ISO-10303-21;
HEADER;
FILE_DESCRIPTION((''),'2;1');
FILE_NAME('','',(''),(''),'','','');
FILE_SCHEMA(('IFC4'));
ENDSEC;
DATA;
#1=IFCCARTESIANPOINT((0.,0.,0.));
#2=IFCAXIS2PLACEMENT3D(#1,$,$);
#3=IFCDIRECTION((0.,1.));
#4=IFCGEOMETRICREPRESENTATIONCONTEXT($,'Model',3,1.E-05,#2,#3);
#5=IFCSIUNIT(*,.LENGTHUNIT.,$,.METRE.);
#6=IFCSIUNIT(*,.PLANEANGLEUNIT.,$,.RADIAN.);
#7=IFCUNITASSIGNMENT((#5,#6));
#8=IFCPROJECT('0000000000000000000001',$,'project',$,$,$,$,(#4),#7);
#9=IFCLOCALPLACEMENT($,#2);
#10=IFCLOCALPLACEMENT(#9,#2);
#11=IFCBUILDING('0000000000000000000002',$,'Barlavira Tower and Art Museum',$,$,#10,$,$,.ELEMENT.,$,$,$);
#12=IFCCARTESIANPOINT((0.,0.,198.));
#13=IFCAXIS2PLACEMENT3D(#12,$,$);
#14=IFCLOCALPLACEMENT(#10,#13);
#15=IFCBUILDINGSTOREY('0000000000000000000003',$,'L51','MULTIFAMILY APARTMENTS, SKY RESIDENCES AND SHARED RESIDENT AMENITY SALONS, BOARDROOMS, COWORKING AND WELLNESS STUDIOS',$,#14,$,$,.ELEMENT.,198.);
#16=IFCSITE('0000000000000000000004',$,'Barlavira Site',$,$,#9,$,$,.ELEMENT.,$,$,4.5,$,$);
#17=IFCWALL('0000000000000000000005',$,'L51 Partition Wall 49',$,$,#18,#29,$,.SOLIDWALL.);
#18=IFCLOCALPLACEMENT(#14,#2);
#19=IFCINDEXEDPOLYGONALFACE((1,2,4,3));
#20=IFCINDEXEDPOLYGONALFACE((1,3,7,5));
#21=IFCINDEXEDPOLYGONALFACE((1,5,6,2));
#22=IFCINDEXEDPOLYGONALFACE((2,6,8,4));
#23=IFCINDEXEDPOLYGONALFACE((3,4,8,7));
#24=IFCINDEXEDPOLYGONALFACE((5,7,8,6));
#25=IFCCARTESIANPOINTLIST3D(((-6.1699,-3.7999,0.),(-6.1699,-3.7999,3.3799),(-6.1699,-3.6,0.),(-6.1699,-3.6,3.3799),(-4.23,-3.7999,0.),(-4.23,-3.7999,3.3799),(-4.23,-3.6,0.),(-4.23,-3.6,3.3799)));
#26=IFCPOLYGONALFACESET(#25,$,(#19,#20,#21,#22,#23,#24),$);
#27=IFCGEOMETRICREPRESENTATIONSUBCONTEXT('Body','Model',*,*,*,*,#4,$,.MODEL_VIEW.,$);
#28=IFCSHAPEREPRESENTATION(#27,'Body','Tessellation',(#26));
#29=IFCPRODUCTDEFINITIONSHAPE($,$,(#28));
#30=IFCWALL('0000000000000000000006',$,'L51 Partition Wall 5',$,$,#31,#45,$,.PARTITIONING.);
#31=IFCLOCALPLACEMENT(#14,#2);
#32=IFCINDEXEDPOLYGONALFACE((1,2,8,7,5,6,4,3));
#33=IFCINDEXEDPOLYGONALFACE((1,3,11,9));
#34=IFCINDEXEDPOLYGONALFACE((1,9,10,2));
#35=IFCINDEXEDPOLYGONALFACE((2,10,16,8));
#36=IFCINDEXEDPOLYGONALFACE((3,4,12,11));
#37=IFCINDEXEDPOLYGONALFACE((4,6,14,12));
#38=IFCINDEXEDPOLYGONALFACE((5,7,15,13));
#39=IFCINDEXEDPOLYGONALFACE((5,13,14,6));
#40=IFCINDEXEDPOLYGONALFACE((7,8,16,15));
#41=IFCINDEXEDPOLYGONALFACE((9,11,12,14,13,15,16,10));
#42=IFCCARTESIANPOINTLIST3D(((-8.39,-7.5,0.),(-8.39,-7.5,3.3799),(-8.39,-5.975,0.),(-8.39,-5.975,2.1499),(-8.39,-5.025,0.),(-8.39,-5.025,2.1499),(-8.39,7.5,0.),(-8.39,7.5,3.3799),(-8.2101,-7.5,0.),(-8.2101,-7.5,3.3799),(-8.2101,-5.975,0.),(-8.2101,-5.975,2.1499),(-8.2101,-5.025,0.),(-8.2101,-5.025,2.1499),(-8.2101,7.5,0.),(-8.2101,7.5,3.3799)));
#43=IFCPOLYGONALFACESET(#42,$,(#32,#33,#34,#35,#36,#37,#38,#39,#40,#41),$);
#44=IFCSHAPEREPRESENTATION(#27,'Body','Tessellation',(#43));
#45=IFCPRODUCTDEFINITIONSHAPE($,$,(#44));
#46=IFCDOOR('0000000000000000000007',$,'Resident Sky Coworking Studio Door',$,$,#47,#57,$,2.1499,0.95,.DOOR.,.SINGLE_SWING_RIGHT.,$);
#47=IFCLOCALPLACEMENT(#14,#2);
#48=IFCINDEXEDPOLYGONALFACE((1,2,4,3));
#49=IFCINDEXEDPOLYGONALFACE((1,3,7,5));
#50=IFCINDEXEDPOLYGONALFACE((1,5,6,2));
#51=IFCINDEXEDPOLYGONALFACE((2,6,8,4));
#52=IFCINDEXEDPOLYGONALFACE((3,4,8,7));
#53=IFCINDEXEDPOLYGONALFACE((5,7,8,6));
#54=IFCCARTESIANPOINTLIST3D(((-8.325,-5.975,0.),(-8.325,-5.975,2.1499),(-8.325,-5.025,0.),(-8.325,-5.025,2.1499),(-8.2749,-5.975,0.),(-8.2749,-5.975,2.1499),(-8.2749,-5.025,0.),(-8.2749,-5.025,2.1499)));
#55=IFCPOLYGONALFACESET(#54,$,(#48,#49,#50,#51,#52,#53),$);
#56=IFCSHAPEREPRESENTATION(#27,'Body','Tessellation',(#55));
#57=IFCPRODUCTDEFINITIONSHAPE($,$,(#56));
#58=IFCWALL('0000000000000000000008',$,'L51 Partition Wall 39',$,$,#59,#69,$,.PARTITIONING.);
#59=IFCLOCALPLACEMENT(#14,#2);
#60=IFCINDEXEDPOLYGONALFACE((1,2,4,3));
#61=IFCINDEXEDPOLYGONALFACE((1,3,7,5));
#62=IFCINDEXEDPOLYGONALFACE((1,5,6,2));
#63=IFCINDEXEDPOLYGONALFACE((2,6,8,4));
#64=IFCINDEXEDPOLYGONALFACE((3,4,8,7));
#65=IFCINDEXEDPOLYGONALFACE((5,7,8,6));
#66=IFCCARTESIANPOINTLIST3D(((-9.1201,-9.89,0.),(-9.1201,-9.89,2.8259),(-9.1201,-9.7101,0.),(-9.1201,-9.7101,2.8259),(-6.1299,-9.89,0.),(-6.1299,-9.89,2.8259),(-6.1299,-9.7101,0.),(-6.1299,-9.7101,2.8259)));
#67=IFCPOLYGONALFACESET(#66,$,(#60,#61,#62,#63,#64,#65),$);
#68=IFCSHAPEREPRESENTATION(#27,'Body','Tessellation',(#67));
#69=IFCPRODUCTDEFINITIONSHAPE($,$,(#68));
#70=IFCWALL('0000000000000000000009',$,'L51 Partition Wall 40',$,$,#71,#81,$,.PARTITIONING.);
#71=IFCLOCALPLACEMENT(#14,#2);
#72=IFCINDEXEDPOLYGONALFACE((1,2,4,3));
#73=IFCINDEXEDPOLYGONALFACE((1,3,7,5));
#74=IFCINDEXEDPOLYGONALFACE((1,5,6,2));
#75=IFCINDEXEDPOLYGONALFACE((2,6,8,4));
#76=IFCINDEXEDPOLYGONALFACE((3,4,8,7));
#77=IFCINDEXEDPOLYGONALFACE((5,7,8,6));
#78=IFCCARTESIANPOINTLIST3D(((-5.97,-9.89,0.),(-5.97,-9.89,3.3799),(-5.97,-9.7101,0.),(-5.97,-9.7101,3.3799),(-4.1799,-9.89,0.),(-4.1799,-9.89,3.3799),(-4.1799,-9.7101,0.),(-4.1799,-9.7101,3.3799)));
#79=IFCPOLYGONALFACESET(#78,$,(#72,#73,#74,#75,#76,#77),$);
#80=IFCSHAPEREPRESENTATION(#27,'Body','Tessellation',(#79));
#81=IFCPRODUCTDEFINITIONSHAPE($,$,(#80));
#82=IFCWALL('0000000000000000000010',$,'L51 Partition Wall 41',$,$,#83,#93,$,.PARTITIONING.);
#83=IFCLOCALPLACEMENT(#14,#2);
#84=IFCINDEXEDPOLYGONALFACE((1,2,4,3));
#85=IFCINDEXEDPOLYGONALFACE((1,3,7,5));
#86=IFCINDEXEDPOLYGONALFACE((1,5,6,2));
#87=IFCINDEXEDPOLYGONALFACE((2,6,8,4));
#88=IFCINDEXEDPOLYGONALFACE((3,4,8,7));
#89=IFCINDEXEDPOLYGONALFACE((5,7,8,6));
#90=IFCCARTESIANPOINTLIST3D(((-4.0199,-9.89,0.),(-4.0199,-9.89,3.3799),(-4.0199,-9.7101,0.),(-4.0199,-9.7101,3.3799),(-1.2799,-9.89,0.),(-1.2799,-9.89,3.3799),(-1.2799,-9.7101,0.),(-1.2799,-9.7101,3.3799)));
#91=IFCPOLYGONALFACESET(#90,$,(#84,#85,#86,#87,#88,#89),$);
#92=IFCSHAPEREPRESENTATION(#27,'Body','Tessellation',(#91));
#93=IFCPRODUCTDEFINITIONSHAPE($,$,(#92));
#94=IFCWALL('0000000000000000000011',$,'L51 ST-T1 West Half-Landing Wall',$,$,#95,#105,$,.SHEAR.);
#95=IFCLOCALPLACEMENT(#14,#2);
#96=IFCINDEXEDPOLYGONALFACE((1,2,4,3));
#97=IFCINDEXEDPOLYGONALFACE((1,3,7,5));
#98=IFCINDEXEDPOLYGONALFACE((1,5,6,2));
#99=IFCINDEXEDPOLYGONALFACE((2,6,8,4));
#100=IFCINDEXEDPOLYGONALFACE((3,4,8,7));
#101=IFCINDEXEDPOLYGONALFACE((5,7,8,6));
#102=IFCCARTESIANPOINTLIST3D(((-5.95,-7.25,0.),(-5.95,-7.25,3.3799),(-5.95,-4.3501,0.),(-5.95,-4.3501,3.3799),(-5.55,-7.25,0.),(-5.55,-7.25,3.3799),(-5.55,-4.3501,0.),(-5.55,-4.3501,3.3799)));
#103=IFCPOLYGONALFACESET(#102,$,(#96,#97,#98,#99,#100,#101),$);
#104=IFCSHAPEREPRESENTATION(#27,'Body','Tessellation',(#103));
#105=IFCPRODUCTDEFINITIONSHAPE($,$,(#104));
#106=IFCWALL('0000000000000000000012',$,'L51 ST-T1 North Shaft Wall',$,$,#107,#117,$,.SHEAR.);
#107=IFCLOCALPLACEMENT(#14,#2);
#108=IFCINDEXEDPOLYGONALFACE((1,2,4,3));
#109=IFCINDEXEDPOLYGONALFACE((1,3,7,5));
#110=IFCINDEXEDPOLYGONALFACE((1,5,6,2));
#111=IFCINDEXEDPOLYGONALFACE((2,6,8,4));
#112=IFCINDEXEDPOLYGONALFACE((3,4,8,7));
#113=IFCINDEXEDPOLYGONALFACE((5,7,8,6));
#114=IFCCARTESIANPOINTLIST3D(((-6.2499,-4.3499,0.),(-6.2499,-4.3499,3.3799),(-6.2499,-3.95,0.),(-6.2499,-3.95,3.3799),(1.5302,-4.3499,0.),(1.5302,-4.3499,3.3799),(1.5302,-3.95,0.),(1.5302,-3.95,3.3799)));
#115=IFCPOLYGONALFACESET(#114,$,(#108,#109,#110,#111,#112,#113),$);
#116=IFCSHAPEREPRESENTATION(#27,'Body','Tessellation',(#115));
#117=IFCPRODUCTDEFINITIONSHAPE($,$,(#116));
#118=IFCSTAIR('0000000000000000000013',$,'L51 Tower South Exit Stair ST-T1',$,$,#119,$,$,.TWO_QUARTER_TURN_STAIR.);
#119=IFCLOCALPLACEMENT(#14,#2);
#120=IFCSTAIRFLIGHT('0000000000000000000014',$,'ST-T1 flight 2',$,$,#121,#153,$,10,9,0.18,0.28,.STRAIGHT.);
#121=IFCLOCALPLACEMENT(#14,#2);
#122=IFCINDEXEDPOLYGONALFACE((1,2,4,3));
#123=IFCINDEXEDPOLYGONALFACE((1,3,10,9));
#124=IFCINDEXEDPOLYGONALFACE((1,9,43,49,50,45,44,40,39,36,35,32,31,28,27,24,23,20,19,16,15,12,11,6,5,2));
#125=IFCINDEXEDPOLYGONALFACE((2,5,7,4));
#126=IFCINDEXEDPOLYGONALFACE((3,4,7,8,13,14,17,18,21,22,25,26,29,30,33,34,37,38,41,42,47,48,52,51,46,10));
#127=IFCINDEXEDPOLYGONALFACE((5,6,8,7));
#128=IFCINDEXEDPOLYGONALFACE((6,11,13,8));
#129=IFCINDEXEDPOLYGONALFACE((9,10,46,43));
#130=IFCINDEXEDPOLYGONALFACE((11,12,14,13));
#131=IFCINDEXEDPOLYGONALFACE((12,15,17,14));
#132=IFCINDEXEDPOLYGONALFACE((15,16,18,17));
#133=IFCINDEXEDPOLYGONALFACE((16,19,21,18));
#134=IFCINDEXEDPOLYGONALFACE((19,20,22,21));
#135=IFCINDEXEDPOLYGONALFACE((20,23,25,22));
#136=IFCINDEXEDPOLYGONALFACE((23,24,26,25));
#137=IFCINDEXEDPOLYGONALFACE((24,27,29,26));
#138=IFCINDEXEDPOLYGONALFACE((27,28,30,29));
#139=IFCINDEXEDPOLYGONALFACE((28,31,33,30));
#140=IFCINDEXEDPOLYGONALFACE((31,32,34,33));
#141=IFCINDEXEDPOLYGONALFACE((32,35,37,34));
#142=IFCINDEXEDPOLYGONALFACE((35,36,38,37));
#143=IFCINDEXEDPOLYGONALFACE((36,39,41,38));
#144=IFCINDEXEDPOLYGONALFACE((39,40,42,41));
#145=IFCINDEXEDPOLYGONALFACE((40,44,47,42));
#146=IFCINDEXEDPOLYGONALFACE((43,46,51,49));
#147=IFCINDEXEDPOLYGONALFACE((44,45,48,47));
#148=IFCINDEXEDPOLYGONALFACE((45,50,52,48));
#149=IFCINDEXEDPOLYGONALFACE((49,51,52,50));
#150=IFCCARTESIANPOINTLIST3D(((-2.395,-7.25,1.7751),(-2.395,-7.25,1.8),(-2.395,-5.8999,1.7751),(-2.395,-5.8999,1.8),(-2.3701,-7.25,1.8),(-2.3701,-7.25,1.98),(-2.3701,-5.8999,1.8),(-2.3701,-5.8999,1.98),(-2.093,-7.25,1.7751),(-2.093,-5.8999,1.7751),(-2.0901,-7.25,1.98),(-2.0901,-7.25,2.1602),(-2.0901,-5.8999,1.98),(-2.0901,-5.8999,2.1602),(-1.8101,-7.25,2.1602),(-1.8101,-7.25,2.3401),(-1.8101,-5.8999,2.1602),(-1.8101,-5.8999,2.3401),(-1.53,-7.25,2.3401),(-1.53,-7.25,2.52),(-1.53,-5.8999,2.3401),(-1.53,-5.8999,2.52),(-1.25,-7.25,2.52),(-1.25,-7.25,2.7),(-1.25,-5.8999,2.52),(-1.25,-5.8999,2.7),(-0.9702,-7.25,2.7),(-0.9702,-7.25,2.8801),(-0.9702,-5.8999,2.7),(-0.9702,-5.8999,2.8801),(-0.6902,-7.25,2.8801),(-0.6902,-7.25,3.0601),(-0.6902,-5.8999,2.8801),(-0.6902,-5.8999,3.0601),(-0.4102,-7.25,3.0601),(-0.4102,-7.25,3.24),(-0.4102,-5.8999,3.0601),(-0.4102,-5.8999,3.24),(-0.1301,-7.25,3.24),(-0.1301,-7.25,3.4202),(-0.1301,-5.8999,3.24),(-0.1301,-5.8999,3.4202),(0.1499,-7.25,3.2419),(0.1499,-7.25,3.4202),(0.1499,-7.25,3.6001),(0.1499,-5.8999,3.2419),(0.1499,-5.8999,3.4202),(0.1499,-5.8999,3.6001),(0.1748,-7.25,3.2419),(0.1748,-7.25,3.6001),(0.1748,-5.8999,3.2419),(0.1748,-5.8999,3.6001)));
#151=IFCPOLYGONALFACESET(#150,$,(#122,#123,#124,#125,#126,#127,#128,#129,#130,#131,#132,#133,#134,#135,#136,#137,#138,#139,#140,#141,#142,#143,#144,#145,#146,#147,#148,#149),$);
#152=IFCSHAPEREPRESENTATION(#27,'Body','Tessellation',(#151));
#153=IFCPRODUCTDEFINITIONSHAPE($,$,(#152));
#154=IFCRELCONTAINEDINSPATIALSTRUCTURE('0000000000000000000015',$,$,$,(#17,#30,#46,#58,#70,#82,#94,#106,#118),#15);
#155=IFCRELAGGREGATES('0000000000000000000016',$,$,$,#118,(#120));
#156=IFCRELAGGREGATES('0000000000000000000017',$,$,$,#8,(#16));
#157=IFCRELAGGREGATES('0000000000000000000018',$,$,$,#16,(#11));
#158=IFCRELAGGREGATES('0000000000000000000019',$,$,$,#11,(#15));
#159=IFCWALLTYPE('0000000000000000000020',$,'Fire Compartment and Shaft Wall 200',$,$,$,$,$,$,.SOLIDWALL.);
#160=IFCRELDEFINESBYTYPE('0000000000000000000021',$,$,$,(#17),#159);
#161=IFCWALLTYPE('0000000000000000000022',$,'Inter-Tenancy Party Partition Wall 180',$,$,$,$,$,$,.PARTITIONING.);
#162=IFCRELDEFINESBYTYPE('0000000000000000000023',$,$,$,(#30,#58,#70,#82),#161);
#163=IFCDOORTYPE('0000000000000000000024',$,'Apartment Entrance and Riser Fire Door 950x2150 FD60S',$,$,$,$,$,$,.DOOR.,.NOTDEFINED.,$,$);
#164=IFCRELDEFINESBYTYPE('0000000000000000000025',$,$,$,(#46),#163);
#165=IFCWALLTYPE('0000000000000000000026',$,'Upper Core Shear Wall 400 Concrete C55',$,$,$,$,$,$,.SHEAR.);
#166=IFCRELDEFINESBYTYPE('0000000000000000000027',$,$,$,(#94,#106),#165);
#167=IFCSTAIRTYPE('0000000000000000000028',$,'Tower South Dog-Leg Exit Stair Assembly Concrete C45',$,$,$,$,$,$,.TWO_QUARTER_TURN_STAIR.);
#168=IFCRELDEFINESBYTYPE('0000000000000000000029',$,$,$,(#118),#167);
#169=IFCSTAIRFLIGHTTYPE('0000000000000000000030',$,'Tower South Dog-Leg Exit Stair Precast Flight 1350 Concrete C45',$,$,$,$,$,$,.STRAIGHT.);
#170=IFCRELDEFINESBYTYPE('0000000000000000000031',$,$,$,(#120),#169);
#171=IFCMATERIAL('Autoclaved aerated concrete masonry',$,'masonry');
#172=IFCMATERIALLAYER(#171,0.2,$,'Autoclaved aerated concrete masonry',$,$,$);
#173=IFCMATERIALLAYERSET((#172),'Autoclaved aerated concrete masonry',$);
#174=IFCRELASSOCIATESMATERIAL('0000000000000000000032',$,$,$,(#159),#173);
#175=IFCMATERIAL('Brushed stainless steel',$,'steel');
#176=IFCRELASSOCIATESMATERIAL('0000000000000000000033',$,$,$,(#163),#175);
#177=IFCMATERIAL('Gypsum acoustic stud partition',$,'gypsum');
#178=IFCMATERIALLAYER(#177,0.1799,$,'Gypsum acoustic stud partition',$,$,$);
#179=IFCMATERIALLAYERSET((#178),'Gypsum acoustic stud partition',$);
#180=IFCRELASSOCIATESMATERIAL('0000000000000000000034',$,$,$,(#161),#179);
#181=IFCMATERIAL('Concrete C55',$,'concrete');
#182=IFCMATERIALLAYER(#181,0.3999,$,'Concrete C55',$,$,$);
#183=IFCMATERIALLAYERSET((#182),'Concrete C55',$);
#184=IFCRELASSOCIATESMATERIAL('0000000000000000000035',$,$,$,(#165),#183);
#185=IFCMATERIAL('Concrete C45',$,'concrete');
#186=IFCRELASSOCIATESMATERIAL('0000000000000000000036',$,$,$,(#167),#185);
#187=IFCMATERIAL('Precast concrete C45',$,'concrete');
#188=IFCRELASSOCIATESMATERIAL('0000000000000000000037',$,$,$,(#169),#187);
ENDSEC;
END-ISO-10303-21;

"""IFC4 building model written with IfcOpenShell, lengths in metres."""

from ifc_helpers import new_model, si_unit, direction, frame, frame_2d, origin, place, context, subcontext, project, spatial, polyline, rectangle, outline, extrude, material, layer, layer_set, type_object, element, fill, aggregate, save


model = new_model("IFC4")

# Units and contexts
model_context = context("Model", 3, precision=1e-05, world=origin(), true_north=direction((0.0, 1.0)))
body_context = subcontext(model_context, "Body", "Model", "MODEL_VIEW")
ifc_project = project(units=[si_unit("LENGTHUNIT", "METRE"), si_unit("PLANEANGLEUNIT", "RADIAN")], contexts=[model_context])

# Site, building, storey
site_placement = place(None, origin())
site = spatial("IfcSite", under=ifc_project, at=site_placement, Name="Barlavira Site", CompositionType="ELEMENT", RefElevation=4.5)
building_placement = place(site_placement, origin())
building = spatial("IfcBuilding", under=site, at=building_placement, Name="Barlavira Tower and Art Museum", CompositionType="ELEMENT")
storey_placement = place(building_placement, frame((0.0, 0.0, 198.0)))
storey = spatial("IfcBuildingStorey", under=building, at=storey_placement, Name="L51", Description="MULTIFAMILY APARTMENTS, SKY RESIDENCES AND SHARED RESIDENT AMENITY SALONS, BOARDROOMS, COWORKING AND WELLNESS STUDIOS", CompositionType="ELEMENT", Elevation=198.0)

# Shared definitions
ifc_material_1 = material(Name="Autoclaved aerated concrete masonry", Category="masonry")
ifc_layer_1 = layer(ifc_material_1, 0.2, Name="Autoclaved aerated concrete masonry")
ifc_layer_set_1 = layer_set([ifc_layer_1], Name="Autoclaved aerated concrete masonry")
wall_type_1 = type_object("IfcWallType", Name="Fire Compartment and Shaft Wall 200", PredefinedType="SOLIDWALL", material=ifc_layer_set_1)

# Shared definitions
ifc_material_2 = material(Name="Brushed stainless steel", Category="steel")
door_type = type_object("IfcDoorType", Name="Apartment Entrance and Riser Fire Door 950x2150 FD60S", OperationType="NOTDEFINED", PredefinedType="DOOR", material=ifc_material_2)

# Wall
wall_1_placement = place(storey_placement, frame((-6.1699, -3.7, 0.0), z_axis=(0.0, 0.0, 1.0), x_axis=(1.0, 0.0, 0.0)))
element("IfcWall", 1, at=wall_1_placement, inside=storey, type_object=wall_type_1, Name="L51 Partition Wall 49", PredefinedType="SOLIDWALL", context=body_context, shape_type="SweptSolid", body=[
    extrude(rectangle(XDim=1.9399, YDim=0.2, at=frame_2d((0.97, 0.0))), origin(), (0.0, 0.0, 1.0), 3.3799),
])

# Wall, opening, door
ifc_material_3 = material(Name="Gypsum acoustic stud partition", Category="gypsum")
ifc_layer_2 = layer(ifc_material_3, 0.1799, Name="Gypsum acoustic stud partition")
ifc_layer_set_2 = layer_set([ifc_layer_2], Name="Gypsum acoustic stud partition")
wall_type_2 = type_object("IfcWallType", Name="Inter-Tenancy Party Partition Wall 180", PredefinedType="PARTITIONING", material=ifc_layer_set_2)
wall_2_placement = place(storey_placement, frame((-8.3, -7.5, 0.0), z_axis=(0.0, 0.0, 1.0), x_axis=(0.0, 1.0, 0.0)))
wall_2 = element("IfcWall", 2, at=wall_2_placement, inside=storey, type_object=wall_type_2, Name="L51 Partition Wall 5", PredefinedType="PARTITIONING", context=body_context, shape_type="SweptSolid", body=[
    extrude(rectangle(XDim=15.0, YDim=0.1799, at=frame_2d((7.5, 0.0))), origin(), (0.0, 0.0, 1.0), 3.3799),
])
opening_1_placement = place(wall_2_placement, frame((1.5249, 0.0, 0.0)))
opening_1 = element("IfcOpeningElement", 3, at=opening_1_placement, cuts=wall_2, PredefinedType="OPENING", context=body_context, shape_type="SweptSolid", body=[
    extrude(rectangle(XDim=0.95, YDim=2.1499, at=frame_2d((0.4751, 1.075))), frame((0.0, 0.1001, 0.0), z_axis=(0.0, -1.0, 0.0), x_axis=(1.0, 0.0, 0.0)), (0.0, 0.0, 1.0), 0.2),
])
door_1_placement = place(opening_1_placement, origin())
door_1 = element("IfcDoor", 4, at=door_1_placement, inside=storey, type_object=door_type, Name="Resident Sky Coworking Studio Door", OperationType="SINGLE_SWING_RIGHT", OverallHeight=2.1499, OverallWidth=0.95, PredefinedType="DOOR", context=body_context, shape_type="SweptSolid", body=[
    extrude(rectangle(XDim=0.95, YDim=2.1499, at=frame_2d((0.4751, 1.075))), frame((0.0, 0.0249, 0.0), z_axis=(0.0, -1.0, 0.0), x_axis=(1.0, 0.0, 0.0)), (0.0, 0.0, 1.0), 0.05),
])
fill(opening_1, door_1)

# Walls
wall_3_placement = place(storey_placement, frame((-9.1201, -9.8, 0.0), z_axis=(0.0, 0.0, 1.0), x_axis=(1.0, 0.0, 0.0)))
element("IfcWall", 5, at=wall_3_placement, inside=storey, type_object=wall_type_2, Name="L51 Partition Wall 39", PredefinedType="PARTITIONING", context=body_context, shape_type="SweptSolid", body=[
    extrude(rectangle(XDim=2.9902, YDim=0.1799, at=frame_2d((1.4951, 0.0))), origin(), (0.0, 0.0, 1.0), 2.8259),
])
wall_4_placement = place(storey_placement, frame((-5.97, -9.8, 0.0), z_axis=(0.0, 0.0, 1.0), x_axis=(1.0, 0.0, 0.0)))
element("IfcWall", 6, at=wall_4_placement, inside=storey, type_object=wall_type_2, Name="L51 Partition Wall 40", PredefinedType="PARTITIONING", context=body_context, shape_type="SweptSolid", body=[
    extrude(rectangle(XDim=1.79, YDim=0.1799, at=frame_2d((0.895, 0.0))), origin(), (0.0, 0.0, 1.0), 3.3799),
])
wall_5_placement = place(storey_placement, frame((-4.02, -9.8, 0.0), z_axis=(0.0, 0.0, 1.0), x_axis=(1.0, 0.0, 0.0)))
element("IfcWall", 7, at=wall_5_placement, inside=storey, type_object=wall_type_2, Name="L51 Partition Wall 41", PredefinedType="PARTITIONING", context=body_context, shape_type="SweptSolid", body=[
    extrude(rectangle(XDim=2.74, YDim=0.1799, at=frame_2d((1.3701, 0.0))), origin(), (0.0, 0.0, 1.0), 3.3799),
])
ifc_material_4 = material(Name="Concrete C55", Category="concrete")
ifc_layer_3 = layer(ifc_material_4, 0.3999, Name="Concrete C55")
ifc_layer_set_3 = layer_set([ifc_layer_3], Name="Concrete C55")
wall_type_3 = type_object("IfcWallType", Name="Upper Core Shear Wall 400 Concrete C55", PredefinedType="SHEAR", material=ifc_layer_set_3)
wall_6_placement = place(storey_placement, frame((-5.75, -7.25, 0.0), z_axis=(0.0, 0.0, 1.0), x_axis=(0.0, 1.0, 0.0)))
element("IfcWall", 8, at=wall_6_placement, inside=storey, type_object=wall_type_3, Name="L51 ST-T1 West Half-Landing Wall", PredefinedType="SHEAR", context=body_context, shape_type="SweptSolid", body=[
    extrude(rectangle(XDim=2.8999, YDim=0.3999, at=frame_2d((1.45, 0.0))), origin(), (0.0, 0.0, 1.0), 3.3799),
])
wall_7_placement = place(storey_placement, frame((-6.25, -4.1499, 0.0), z_axis=(0.0, 0.0, 1.0), x_axis=(1.0, 0.0, 0.0)))
element("IfcWall", 9, at=wall_7_placement, inside=storey, type_object=wall_type_3, Name="L51 ST-T1 North Shaft Wall", PredefinedType="SHEAR", context=body_context, shape_type="SweptSolid", body=[
    extrude(rectangle(XDim=7.78, YDim=0.3999, at=frame_2d((3.8901, 0.0))), origin(), (0.0, 0.0, 1.0), 3.3799),
])

# Stair, stair flight
ifc_material_5 = material(Name="Concrete C45", Category="concrete")
stair_type = type_object("IfcStairType", Name="Tower South Dog-Leg Exit Stair Assembly Concrete C45", PredefinedType="TWO_QUARTER_TURN_STAIR", material=ifc_material_5)
stair_placement = place(storey_placement, origin())
stair = element("IfcStair", 10, at=stair_placement, inside=storey, type_object=stair_type, Name="L51 Tower South Exit Stair ST-T1", PredefinedType="TWO_QUARTER_TURN_STAIR")
ifc_material_6 = material(Name="Precast concrete C45", Category="concrete")
stair_flight_type = type_object("IfcStairFlightType", Name="Tower South Dog-Leg Exit Stair Precast Flight 1350 Concrete C45", PredefinedType="STRAIGHT", material=ifc_material_6)
stair_flight_placement = place(storey_placement, frame((-2.3701, -6.575, 1.8), z_axis=(0.0, 0.0, 1.0), x_axis=(1.0, 0.0, 0.0)))
stair_flight = element("IfcStairFlight", 11, at=stair_flight_placement, type_object=stair_flight_type, Name="ST-T1 flight 2", NumberOfRisers=10, NumberOfTreads=9, PredefinedType="STRAIGHT", RiserHeight=0.18, TreadLength=0.28, context=body_context, shape_type="SweptSolid", body=[
    extrude(outline(polyline([(-0.0249, 0.0), (0.0, 0.0), (0.0, 0.1799), (0.28, 0.1799), (0.28, 0.3601), (0.5601, 0.3601), (0.5601, 0.54), (0.8401, 0.54), (0.8401, 0.72), (1.1201, 0.72), (1.1201, 0.8999), (1.3999, 0.8999), (1.3999, 1.0801), (1.6799, 1.0801), (1.6799, 1.26), (1.96, 1.26), (1.96, 1.4399), (2.24, 1.4399), (2.24, 1.6201), (2.52, 1.6201), (2.52, 1.8), (2.5449, 1.8), (2.5449, 1.4419), (2.52, 1.4419), (0.2771, -0.0249), (-0.0249, -0.0249), (-0.0249, 0.0)])), frame((0.0, 0.675, 0.0), z_axis=(0.0, -1.0, 0.0), x_axis=(1.0, 0.0, 0.0)), (0.0, 0.0, 1.0), 1.3501),
])
aggregate(stair, [stair_flight])

save(model, "model.ifc")
